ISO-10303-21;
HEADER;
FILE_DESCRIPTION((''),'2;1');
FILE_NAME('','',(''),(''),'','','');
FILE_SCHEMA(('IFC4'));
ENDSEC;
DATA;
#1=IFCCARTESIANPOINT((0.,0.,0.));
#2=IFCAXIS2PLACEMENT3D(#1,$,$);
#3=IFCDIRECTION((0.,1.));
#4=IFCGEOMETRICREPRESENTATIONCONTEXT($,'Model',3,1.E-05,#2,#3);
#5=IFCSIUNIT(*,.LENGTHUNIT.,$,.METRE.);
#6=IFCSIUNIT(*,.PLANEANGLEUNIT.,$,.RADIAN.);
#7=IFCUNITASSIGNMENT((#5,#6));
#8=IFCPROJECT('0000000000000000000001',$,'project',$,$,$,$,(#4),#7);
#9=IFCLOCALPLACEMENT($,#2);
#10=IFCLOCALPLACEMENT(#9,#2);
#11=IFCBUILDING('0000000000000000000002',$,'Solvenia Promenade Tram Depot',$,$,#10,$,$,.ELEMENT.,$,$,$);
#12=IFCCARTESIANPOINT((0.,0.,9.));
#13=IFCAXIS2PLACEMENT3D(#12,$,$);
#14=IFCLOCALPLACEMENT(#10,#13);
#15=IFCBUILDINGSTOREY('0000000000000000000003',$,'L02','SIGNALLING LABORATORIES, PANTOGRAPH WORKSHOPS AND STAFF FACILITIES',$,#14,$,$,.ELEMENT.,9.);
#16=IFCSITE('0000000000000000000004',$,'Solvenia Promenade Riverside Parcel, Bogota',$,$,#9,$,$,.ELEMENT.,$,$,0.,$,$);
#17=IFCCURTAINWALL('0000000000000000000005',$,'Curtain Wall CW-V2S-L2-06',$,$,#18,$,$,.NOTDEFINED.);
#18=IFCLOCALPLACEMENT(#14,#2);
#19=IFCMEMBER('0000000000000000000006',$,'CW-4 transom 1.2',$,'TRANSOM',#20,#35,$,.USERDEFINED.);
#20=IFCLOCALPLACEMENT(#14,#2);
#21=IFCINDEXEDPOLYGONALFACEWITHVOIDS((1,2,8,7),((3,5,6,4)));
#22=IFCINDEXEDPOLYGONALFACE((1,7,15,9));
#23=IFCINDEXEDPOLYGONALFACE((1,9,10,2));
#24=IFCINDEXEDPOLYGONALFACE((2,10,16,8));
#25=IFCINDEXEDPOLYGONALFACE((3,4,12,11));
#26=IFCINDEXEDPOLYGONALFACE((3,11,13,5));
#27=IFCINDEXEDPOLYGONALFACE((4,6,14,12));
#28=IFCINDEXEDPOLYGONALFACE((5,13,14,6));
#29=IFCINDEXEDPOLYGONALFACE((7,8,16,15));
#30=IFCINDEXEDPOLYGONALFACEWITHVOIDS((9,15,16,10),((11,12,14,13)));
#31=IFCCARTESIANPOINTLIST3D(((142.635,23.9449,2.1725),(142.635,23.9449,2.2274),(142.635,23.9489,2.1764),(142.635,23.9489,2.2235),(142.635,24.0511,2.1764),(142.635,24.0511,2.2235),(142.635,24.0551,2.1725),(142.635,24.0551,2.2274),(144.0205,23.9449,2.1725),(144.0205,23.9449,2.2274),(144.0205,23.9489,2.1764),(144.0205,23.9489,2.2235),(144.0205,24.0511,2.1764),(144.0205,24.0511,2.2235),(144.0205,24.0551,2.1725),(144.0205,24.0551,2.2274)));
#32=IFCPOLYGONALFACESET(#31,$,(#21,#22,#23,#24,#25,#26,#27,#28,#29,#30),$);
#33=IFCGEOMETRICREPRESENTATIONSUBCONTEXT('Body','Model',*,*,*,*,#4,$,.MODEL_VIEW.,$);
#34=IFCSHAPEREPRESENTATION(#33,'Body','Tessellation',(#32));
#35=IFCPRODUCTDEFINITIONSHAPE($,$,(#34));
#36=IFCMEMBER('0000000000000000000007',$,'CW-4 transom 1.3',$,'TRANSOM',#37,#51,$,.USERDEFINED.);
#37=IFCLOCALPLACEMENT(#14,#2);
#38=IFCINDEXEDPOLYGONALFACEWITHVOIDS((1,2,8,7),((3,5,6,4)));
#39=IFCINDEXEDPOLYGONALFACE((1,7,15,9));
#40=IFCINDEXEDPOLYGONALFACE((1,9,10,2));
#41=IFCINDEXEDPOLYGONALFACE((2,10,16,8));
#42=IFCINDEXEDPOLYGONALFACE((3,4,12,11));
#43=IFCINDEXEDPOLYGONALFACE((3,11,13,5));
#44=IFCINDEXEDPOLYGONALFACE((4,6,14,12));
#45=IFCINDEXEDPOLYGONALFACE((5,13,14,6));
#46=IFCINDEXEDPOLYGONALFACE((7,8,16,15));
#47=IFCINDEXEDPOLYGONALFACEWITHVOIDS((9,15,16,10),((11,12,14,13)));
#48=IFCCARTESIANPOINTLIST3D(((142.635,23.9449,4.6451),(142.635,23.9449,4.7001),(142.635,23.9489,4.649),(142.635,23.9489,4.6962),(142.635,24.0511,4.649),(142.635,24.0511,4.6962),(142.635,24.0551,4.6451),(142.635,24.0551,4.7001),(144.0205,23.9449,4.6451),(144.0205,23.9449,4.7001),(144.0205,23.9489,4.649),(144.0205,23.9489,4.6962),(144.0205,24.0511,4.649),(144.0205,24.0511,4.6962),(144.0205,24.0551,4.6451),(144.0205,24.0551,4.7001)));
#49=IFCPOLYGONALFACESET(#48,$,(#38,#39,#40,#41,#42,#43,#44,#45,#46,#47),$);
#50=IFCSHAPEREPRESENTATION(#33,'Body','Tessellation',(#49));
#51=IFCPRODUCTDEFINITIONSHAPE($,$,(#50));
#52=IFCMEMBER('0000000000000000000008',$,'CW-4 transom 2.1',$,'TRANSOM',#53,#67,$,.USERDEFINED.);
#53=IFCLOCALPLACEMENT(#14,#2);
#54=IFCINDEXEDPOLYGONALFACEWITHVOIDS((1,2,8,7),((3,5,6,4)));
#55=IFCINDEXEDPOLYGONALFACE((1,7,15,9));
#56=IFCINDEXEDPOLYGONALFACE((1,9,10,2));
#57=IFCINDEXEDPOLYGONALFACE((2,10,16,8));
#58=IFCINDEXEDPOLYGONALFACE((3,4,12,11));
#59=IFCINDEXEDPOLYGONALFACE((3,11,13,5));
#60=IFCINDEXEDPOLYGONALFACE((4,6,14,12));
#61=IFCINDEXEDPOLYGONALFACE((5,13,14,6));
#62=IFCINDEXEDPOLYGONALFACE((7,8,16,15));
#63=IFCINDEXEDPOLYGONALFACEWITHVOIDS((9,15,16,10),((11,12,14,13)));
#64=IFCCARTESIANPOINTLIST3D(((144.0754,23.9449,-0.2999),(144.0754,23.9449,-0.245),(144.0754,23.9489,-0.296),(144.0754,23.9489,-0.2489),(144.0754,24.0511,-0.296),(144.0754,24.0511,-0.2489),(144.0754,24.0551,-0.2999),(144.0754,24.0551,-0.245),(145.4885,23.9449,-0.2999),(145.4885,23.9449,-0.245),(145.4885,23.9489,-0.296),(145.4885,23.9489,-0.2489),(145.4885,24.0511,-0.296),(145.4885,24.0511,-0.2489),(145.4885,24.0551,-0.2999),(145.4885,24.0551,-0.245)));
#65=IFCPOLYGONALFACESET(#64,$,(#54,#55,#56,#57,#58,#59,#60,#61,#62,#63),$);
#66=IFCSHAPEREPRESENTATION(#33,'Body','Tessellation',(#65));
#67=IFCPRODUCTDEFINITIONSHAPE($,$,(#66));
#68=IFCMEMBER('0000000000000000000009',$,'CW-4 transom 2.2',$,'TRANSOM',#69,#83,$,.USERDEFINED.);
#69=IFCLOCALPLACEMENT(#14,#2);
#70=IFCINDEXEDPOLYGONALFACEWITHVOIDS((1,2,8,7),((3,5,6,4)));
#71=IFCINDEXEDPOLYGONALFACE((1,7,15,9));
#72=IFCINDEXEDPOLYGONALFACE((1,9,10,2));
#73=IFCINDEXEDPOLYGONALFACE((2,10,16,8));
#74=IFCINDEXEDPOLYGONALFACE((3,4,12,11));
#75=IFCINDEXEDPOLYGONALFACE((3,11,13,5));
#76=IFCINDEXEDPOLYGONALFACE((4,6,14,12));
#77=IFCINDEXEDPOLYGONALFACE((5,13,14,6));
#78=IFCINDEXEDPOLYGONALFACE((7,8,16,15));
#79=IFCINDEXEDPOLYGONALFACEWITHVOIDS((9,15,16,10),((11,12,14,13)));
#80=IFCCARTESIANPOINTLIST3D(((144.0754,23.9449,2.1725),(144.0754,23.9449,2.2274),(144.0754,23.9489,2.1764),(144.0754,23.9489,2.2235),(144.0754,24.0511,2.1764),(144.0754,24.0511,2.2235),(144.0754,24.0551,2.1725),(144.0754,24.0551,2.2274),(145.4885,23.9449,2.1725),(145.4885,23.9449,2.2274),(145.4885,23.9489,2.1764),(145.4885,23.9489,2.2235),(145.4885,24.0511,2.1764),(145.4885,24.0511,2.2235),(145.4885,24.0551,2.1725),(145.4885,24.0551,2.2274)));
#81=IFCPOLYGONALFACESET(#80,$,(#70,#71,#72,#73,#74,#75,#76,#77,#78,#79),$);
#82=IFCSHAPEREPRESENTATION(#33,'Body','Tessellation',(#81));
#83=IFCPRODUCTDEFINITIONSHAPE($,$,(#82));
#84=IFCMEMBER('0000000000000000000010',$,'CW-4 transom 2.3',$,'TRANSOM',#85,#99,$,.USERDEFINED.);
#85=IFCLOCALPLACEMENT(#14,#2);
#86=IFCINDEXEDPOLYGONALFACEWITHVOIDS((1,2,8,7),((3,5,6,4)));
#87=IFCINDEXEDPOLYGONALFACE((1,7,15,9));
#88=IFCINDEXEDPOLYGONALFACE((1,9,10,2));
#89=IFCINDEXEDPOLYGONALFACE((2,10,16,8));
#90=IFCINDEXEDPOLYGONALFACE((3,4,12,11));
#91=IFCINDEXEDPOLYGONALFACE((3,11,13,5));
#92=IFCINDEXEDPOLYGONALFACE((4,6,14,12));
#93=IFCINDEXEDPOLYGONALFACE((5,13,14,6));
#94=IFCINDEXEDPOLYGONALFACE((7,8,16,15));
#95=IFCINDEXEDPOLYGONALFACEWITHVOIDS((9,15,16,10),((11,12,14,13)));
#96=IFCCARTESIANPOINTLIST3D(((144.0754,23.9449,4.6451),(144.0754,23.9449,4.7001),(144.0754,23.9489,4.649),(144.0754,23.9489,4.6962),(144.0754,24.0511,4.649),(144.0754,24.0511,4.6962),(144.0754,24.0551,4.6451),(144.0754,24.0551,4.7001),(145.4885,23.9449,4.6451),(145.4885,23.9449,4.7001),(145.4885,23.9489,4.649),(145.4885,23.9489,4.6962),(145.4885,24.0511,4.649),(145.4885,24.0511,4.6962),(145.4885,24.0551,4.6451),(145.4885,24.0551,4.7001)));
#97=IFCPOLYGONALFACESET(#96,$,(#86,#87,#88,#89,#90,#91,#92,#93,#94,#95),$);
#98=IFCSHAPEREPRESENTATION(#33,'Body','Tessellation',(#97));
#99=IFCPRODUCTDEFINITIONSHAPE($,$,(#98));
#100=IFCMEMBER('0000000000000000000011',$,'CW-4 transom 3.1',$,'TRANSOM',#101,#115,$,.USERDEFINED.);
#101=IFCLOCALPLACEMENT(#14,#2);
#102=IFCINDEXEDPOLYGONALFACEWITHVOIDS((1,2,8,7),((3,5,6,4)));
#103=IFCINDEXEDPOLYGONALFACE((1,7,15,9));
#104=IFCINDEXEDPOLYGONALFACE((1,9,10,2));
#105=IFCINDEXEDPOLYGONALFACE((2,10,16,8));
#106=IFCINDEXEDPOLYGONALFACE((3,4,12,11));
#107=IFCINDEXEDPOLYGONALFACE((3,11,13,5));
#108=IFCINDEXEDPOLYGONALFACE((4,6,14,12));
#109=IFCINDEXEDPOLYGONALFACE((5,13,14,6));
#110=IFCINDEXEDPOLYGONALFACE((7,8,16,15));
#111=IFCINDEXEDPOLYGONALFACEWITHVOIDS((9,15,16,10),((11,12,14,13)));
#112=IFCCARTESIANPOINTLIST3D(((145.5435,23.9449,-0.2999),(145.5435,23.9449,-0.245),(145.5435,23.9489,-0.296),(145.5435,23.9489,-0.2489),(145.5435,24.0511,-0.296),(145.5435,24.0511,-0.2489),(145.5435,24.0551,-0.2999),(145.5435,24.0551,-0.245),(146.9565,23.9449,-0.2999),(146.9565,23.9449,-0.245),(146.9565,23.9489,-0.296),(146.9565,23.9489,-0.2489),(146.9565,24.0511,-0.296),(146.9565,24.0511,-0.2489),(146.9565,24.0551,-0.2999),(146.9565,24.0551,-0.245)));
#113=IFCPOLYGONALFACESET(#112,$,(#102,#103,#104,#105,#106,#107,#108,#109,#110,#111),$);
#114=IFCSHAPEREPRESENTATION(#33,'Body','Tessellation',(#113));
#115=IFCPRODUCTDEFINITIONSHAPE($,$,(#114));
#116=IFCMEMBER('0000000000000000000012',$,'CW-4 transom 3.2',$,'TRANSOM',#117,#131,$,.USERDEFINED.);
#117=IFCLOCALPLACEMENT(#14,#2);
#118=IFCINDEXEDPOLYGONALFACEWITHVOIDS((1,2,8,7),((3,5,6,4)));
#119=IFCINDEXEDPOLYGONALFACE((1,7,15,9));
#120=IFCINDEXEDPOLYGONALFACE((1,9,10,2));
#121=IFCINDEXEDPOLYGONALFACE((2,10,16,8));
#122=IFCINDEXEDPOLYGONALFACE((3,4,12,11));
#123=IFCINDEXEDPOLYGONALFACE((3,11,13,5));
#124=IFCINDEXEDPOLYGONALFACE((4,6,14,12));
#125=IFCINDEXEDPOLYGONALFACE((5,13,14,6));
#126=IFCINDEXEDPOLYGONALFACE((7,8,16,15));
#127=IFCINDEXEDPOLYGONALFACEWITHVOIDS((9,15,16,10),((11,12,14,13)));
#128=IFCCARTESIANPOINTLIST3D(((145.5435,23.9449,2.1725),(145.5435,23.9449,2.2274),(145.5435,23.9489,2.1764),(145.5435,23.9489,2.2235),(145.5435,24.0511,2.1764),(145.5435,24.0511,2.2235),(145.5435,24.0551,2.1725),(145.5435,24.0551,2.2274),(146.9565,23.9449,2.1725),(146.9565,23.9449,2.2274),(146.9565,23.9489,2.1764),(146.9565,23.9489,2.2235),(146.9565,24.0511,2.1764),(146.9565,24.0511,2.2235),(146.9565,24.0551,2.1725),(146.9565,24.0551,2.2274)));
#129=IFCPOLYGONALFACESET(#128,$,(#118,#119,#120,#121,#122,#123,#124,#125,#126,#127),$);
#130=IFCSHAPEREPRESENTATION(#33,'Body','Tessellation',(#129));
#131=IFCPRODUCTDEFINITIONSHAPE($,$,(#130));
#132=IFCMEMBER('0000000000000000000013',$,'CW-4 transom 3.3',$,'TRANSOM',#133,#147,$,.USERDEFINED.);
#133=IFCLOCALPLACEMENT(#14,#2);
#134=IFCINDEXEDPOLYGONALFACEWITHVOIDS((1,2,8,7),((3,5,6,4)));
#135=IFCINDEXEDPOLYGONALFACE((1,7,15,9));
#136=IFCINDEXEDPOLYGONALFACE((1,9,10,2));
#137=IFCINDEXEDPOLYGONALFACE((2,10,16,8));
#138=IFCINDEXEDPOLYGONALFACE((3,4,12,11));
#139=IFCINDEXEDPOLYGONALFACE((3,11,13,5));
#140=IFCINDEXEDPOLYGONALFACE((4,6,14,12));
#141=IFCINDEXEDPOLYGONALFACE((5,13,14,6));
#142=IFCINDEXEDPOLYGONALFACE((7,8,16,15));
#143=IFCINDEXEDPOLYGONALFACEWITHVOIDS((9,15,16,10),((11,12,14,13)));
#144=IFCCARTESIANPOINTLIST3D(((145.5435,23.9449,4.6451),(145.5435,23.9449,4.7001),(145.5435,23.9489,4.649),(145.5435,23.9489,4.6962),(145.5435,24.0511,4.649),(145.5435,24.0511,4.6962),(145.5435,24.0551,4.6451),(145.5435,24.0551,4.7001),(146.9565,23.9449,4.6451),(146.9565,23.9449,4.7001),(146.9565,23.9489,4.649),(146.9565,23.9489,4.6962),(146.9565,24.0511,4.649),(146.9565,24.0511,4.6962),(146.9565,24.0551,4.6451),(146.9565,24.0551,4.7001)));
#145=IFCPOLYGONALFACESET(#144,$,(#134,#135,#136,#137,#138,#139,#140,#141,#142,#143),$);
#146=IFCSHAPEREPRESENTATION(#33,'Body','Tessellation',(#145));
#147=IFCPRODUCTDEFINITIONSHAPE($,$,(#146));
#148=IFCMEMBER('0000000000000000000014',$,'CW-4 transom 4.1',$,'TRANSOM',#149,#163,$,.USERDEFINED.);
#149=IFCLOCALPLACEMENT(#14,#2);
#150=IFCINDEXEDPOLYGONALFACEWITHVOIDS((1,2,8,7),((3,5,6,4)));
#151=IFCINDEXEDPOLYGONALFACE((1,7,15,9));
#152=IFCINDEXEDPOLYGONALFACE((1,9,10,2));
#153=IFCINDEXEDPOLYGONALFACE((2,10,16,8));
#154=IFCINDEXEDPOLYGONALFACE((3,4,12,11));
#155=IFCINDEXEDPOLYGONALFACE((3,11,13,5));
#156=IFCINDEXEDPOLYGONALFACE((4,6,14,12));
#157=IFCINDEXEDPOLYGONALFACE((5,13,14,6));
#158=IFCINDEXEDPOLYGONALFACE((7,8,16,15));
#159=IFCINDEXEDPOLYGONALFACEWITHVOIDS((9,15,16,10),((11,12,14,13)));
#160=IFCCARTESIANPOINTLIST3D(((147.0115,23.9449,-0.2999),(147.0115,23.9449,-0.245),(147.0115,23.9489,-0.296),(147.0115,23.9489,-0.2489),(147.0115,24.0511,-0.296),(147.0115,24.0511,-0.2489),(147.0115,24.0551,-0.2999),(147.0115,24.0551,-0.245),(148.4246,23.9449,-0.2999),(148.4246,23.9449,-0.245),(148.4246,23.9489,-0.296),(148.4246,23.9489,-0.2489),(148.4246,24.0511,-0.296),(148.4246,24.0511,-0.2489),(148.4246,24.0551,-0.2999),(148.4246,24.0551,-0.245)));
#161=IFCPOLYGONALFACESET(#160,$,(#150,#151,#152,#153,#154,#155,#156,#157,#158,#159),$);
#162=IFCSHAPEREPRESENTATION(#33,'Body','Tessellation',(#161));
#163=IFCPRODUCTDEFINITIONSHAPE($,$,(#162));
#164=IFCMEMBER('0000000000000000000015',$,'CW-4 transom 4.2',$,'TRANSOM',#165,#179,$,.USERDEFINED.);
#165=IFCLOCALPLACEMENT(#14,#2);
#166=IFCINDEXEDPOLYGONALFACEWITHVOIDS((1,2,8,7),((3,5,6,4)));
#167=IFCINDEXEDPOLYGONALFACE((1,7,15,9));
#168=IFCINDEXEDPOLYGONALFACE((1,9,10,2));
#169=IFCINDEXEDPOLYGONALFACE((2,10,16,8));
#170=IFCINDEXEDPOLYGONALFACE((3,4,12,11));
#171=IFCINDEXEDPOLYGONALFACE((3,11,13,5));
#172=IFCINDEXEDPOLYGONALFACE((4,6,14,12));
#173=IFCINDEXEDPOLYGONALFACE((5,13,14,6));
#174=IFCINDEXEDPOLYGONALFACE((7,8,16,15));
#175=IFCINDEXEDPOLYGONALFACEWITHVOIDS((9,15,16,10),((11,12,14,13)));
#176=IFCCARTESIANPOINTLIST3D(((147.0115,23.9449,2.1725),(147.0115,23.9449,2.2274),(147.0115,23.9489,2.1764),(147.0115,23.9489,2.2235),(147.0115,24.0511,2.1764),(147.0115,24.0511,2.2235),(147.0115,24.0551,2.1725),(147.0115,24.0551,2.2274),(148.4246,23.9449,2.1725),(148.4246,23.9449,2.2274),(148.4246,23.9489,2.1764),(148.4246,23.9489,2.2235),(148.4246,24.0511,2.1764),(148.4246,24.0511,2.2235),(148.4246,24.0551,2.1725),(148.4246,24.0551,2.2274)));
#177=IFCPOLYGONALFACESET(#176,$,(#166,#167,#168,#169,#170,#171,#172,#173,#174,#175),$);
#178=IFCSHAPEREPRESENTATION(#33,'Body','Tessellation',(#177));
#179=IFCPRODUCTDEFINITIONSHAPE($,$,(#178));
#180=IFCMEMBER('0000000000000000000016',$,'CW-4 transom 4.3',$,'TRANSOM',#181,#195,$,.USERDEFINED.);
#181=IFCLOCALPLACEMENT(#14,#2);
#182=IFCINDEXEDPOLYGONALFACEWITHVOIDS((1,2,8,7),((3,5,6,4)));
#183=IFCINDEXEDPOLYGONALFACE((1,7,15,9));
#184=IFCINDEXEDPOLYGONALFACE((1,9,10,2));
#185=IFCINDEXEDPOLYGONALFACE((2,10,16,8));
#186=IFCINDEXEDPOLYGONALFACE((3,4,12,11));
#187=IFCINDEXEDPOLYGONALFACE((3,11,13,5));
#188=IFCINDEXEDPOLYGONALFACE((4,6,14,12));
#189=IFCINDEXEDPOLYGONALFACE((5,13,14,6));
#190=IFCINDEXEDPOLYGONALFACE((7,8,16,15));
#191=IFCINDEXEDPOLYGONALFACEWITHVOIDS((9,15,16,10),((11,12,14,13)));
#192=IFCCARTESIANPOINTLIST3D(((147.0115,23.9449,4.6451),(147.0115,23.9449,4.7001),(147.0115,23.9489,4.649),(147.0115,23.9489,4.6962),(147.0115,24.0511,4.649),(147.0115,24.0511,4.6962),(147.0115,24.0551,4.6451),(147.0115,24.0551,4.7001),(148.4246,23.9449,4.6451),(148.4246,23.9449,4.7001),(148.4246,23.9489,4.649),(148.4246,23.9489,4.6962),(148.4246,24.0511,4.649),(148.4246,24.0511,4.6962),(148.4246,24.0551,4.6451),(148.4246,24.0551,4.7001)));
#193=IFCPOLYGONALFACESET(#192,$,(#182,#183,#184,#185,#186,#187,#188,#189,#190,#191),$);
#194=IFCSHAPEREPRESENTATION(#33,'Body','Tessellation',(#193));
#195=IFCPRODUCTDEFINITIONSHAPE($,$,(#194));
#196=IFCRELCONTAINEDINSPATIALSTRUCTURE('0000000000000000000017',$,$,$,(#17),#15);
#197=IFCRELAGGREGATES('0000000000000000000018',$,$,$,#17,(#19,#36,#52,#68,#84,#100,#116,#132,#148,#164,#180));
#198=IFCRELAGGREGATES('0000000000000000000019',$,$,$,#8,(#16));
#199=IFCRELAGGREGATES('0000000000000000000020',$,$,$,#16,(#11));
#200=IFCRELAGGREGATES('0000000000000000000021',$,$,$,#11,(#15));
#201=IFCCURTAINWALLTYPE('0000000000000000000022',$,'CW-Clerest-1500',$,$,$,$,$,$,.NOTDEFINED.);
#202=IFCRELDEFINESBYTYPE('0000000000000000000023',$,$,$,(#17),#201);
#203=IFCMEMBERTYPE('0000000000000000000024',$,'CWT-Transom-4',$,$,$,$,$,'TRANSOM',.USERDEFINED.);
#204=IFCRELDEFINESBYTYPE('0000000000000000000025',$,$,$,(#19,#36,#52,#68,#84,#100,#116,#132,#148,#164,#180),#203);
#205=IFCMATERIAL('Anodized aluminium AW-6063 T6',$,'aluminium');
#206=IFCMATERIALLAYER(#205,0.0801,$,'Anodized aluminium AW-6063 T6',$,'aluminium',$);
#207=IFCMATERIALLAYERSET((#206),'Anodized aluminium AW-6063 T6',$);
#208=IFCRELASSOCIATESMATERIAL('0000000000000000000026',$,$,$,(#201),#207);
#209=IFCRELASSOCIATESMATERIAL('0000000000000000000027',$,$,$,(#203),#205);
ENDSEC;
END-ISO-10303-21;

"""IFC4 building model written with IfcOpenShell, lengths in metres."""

from ifc_helpers import new_model, si_unit, direction, frame, origin, origin_2d, place, context, subcontext, project, spatial, hollow_rectangle, extrude, material, layer, layer_set, material_profile, profile_set, type_object, element, aggregate, save


model = new_model("IFC4")

# Units and contexts
model_context = context("Model", 3, precision=1e-05, world=origin(), true_north=direction((0.0, 1.0)))
body_context = subcontext(model_context, "Body", "Model", "MODEL_VIEW")
ifc_project = project(units=[si_unit("LENGTHUNIT", "METRE"), si_unit("PLANEANGLEUNIT", "RADIAN")], contexts=[model_context])

# Site, building, storey
site_placement = place(None, origin())
site = spatial("IfcSite", under=ifc_project, at=site_placement, Name="Solvenia Promenade Riverside Parcel, Bogota", CompositionType="ELEMENT", RefElevation=0.0)
building_placement = place(site_placement, origin())
building = spatial("IfcBuilding", under=site, at=building_placement, Name="Solvenia Promenade Tram Depot", CompositionType="ELEMENT")
storey_placement = place(building_placement, frame((0.0, 0.0, 9.0)))
storey = spatial("IfcBuildingStorey", under=building, at=storey_placement, Name="L02", Description="SIGNALLING LABORATORIES, PANTOGRAPH WORKSHOPS AND STAFF FACILITIES", CompositionType="ELEMENT", Elevation=9.0)

# Shared definitions
ifc_material_1 = material(Name="Anodized aluminium AW-6063 T6", Category="aluminium")
ifc_layer_1 = layer(ifc_material_1, 0.0801, Name="Anodized aluminium AW-6063 T6", Category="aluminium")
ifc_layer_set_1 = layer_set([ifc_layer_1], Name="Anodized aluminium AW-6063 T6")
curtain_wall_type = type_object("IfcCurtainWallType", Name="CW-Clerest-1500", PredefinedType="NOTDEFINED", material=ifc_layer_set_1)

# Curtain wall
curtain_wall_1_placement = place(storey_placement, origin())
curtain_wall_1 = element("IfcCurtainWall", 1, at=curtain_wall_1_placement, inside=storey, type_object=curtain_wall_type, Name="Curtain Wall CW-V2S-L2-06", PredefinedType="NOTDEFINED")

# Members
ifc_material_profile_1 = material_profile(ifc_material_1, hollow_rectangle(XDim=0.1101, YDim=0.0549, WallThickness=0.0039, at=origin_2d()), Name="ALU-T4", Category="aluminium")
ifc_profile_set_1 = profile_set([ifc_material_profile_1], Name="Anodized aluminium AW-6063 T6")
member_type_1 = type_object("IfcMemberType", Name="CWT-Transom-4", ElementType="TRANSOM", PredefinedType="USERDEFINED", material=ifc_profile_set_1)
member_1_placement = place(storey_placement, frame((142.635, 24.0, 2.2), z_axis=(1.0, 0.0, 0.0), x_axis=(0.0, 1.0, 0.0)))
member_1 = element("IfcMember", 2, at=member_1_placement, type_object=member_type_1, Name="CW-4 transom 1.2", ObjectType="TRANSOM", PredefinedType="USERDEFINED", context=body_context, shape_type="SweptSolid", body=[
    extrude(hollow_rectangle(XDim=0.1101, YDim=0.0549, WallThickness=0.0039, at=origin_2d()), origin(), (0.0, 0.0, 1.0), 1.3855),
])
member_2_placement = place(storey_placement, frame((142.635, 24.0, 4.6726), z_axis=(1.0, 0.0, 0.0), x_axis=(0.0, 1.0, 0.0)))
member_2 = element("IfcMember", 3, at=member_2_placement, type_object=member_type_1, Name="CW-4 transom 1.3", ObjectType="TRANSOM", PredefinedType="USERDEFINED", context=body_context, shape_type="SweptSolid", body=[
    extrude(hollow_rectangle(XDim=0.1101, YDim=0.0549, WallThickness=0.0039, at=origin_2d()), origin(), (0.0, 0.0, 1.0), 1.3855),
])
member_3_placement = place(storey_placement, frame((144.0754, 24.0, -0.2725), z_axis=(1.0, 0.0, 0.0), x_axis=(0.0, 1.0, 0.0)))
member_3 = element("IfcMember", 4, at=member_3_placement, type_object=member_type_1, Name="CW-4 transom 2.1", ObjectType="TRANSOM", PredefinedType="USERDEFINED", context=body_context, shape_type="SweptSolid", body=[
    extrude(hollow_rectangle(XDim=0.1101, YDim=0.0549, WallThickness=0.0039, at=origin_2d()), origin(), (0.0, 0.0, 1.0), 1.4131),
])
member_4_placement = place(storey_placement, frame((144.0754, 24.0, 2.2), z_axis=(1.0, 0.0, 0.0), x_axis=(0.0, 1.0, 0.0)))
member_4 = element("IfcMember", 5, at=member_4_placement, type_object=member_type_1, Name="CW-4 transom 2.2", ObjectType="TRANSOM", PredefinedType="USERDEFINED", context=body_context, shape_type="SweptSolid", body=[
    extrude(hollow_rectangle(XDim=0.1101, YDim=0.0549, WallThickness=0.0039, at=origin_2d()), origin(), (0.0, 0.0, 1.0), 1.4131),
])
member_5_placement = place(storey_placement, frame((144.0754, 24.0, 4.6726), z_axis=(1.0, 0.0, 0.0), x_axis=(0.0, 1.0, 0.0)))
member_5 = element("IfcMember", 6, at=member_5_placement, type_object=member_type_1, Name="CW-4 transom 2.3", ObjectType="TRANSOM", PredefinedType="USERDEFINED", context=body_context, shape_type="SweptSolid", body=[
    extrude(hollow_rectangle(XDim=0.1101, YDim=0.0549, WallThickness=0.0039, at=origin_2d()), origin(), (0.0, 0.0, 1.0), 1.4131),
])
member_6_placement = place(storey_placement, frame((145.5435, 24.0, -0.2725), z_axis=(1.0, 0.0, 0.0), x_axis=(0.0, 1.0, 0.0)))
member_6 = element("IfcMember", 7, at=member_6_placement, type_object=member_type_1, Name="CW-4 transom 3.1", ObjectType="TRANSOM", PredefinedType="USERDEFINED", context=body_context, shape_type="SweptSolid", body=[
    extrude(hollow_rectangle(XDim=0.1101, YDim=0.0549, WallThickness=0.0039, at=origin_2d()), origin(), (0.0, 0.0, 1.0), 1.4131),
])
member_7_placement = place(storey_placement, frame((145.5435, 24.0, 2.2), z_axis=(1.0, 0.0, 0.0), x_axis=(0.0, 1.0, 0.0)))
member_7 = element("IfcMember", 8, at=member_7_placement, type_object=member_type_1, Name="CW-4 transom 3.2", ObjectType="TRANSOM", PredefinedType="USERDEFINED", context=body_context, shape_type="SweptSolid", body=[
    extrude(hollow_rectangle(XDim=0.1101, YDim=0.0549, WallThickness=0.0039, at=origin_2d()), origin(), (0.0, 0.0, 1.0), 1.4131),
])
member_8_placement = place(storey_placement, frame((145.5435, 24.0, 4.6726), z_axis=(1.0, 0.0, 0.0), x_axis=(0.0, 1.0, 0.0)))
member_8 = element("IfcMember", 9, at=member_8_placement, type_object=member_type_1, Name="CW-4 transom 3.3", ObjectType="TRANSOM", PredefinedType="USERDEFINED", context=body_context, shape_type="SweptSolid", body=[
    extrude(hollow_rectangle(XDim=0.1101, YDim=0.0549, WallThickness=0.0039, at=origin_2d()), origin(), (0.0, 0.0, 1.0), 1.4131),
])
member_9_placement = place(storey_placement, frame((147.0115, 24.0, -0.2725), z_axis=(1.0, 0.0, 0.0), x_axis=(0.0, 1.0, 0.0)))
member_9 = element("IfcMember", 10, at=member_9_placement, type_object=member_type_1, Name="CW-4 transom 4.1", ObjectType="TRANSOM", PredefinedType="USERDEFINED", context=body_context, shape_type="SweptSolid", body=[
    extrude(hollow_rectangle(XDim=0.1101, YDim=0.0549, WallThickness=0.0039, at=origin_2d()), origin(), (0.0, 0.0, 1.0), 1.4131),
])
member_10_placement = place(storey_placement, frame((147.0115, 24.0, 2.2), z_axis=(1.0, 0.0, 0.0), x_axis=(0.0, 1.0, 0.0)))
member_10 = element("IfcMember", 11, at=member_10_placement, type_object=member_type_1, Name="CW-4 transom 4.2", ObjectType="TRANSOM", PredefinedType="USERDEFINED", context=body_context, shape_type="SweptSolid", body=[
    extrude(hollow_rectangle(XDim=0.1101, YDim=0.0549, WallThickness=0.0039, at=origin_2d()), origin(), (0.0, 0.0, 1.0), 1.4131),
])
member_11_placement = place(storey_placement, frame((147.0115, 24.0, 4.6726), z_axis=(1.0, 0.0, 0.0), x_axis=(0.0, 1.0, 0.0)))
member_11 = element("IfcMember", 12, at=member_11_placement, type_object=member_type_1, Name="CW-4 transom 4.3", ObjectType="TRANSOM", PredefinedType="USERDEFINED", context=body_context, shape_type="SweptSolid", body=[
    extrude(hollow_rectangle(XDim=0.1101, YDim=0.0549, WallThickness=0.0039, at=origin_2d()), origin(), (0.0, 0.0, 1.0), 1.4131),
])

aggregate(curtain_wall_1, [member_1, member_2, member_3, member_4, member_5, member_6, member_7, member_8, member_9, member_10, member_11])

save(model, "model.ifc")
